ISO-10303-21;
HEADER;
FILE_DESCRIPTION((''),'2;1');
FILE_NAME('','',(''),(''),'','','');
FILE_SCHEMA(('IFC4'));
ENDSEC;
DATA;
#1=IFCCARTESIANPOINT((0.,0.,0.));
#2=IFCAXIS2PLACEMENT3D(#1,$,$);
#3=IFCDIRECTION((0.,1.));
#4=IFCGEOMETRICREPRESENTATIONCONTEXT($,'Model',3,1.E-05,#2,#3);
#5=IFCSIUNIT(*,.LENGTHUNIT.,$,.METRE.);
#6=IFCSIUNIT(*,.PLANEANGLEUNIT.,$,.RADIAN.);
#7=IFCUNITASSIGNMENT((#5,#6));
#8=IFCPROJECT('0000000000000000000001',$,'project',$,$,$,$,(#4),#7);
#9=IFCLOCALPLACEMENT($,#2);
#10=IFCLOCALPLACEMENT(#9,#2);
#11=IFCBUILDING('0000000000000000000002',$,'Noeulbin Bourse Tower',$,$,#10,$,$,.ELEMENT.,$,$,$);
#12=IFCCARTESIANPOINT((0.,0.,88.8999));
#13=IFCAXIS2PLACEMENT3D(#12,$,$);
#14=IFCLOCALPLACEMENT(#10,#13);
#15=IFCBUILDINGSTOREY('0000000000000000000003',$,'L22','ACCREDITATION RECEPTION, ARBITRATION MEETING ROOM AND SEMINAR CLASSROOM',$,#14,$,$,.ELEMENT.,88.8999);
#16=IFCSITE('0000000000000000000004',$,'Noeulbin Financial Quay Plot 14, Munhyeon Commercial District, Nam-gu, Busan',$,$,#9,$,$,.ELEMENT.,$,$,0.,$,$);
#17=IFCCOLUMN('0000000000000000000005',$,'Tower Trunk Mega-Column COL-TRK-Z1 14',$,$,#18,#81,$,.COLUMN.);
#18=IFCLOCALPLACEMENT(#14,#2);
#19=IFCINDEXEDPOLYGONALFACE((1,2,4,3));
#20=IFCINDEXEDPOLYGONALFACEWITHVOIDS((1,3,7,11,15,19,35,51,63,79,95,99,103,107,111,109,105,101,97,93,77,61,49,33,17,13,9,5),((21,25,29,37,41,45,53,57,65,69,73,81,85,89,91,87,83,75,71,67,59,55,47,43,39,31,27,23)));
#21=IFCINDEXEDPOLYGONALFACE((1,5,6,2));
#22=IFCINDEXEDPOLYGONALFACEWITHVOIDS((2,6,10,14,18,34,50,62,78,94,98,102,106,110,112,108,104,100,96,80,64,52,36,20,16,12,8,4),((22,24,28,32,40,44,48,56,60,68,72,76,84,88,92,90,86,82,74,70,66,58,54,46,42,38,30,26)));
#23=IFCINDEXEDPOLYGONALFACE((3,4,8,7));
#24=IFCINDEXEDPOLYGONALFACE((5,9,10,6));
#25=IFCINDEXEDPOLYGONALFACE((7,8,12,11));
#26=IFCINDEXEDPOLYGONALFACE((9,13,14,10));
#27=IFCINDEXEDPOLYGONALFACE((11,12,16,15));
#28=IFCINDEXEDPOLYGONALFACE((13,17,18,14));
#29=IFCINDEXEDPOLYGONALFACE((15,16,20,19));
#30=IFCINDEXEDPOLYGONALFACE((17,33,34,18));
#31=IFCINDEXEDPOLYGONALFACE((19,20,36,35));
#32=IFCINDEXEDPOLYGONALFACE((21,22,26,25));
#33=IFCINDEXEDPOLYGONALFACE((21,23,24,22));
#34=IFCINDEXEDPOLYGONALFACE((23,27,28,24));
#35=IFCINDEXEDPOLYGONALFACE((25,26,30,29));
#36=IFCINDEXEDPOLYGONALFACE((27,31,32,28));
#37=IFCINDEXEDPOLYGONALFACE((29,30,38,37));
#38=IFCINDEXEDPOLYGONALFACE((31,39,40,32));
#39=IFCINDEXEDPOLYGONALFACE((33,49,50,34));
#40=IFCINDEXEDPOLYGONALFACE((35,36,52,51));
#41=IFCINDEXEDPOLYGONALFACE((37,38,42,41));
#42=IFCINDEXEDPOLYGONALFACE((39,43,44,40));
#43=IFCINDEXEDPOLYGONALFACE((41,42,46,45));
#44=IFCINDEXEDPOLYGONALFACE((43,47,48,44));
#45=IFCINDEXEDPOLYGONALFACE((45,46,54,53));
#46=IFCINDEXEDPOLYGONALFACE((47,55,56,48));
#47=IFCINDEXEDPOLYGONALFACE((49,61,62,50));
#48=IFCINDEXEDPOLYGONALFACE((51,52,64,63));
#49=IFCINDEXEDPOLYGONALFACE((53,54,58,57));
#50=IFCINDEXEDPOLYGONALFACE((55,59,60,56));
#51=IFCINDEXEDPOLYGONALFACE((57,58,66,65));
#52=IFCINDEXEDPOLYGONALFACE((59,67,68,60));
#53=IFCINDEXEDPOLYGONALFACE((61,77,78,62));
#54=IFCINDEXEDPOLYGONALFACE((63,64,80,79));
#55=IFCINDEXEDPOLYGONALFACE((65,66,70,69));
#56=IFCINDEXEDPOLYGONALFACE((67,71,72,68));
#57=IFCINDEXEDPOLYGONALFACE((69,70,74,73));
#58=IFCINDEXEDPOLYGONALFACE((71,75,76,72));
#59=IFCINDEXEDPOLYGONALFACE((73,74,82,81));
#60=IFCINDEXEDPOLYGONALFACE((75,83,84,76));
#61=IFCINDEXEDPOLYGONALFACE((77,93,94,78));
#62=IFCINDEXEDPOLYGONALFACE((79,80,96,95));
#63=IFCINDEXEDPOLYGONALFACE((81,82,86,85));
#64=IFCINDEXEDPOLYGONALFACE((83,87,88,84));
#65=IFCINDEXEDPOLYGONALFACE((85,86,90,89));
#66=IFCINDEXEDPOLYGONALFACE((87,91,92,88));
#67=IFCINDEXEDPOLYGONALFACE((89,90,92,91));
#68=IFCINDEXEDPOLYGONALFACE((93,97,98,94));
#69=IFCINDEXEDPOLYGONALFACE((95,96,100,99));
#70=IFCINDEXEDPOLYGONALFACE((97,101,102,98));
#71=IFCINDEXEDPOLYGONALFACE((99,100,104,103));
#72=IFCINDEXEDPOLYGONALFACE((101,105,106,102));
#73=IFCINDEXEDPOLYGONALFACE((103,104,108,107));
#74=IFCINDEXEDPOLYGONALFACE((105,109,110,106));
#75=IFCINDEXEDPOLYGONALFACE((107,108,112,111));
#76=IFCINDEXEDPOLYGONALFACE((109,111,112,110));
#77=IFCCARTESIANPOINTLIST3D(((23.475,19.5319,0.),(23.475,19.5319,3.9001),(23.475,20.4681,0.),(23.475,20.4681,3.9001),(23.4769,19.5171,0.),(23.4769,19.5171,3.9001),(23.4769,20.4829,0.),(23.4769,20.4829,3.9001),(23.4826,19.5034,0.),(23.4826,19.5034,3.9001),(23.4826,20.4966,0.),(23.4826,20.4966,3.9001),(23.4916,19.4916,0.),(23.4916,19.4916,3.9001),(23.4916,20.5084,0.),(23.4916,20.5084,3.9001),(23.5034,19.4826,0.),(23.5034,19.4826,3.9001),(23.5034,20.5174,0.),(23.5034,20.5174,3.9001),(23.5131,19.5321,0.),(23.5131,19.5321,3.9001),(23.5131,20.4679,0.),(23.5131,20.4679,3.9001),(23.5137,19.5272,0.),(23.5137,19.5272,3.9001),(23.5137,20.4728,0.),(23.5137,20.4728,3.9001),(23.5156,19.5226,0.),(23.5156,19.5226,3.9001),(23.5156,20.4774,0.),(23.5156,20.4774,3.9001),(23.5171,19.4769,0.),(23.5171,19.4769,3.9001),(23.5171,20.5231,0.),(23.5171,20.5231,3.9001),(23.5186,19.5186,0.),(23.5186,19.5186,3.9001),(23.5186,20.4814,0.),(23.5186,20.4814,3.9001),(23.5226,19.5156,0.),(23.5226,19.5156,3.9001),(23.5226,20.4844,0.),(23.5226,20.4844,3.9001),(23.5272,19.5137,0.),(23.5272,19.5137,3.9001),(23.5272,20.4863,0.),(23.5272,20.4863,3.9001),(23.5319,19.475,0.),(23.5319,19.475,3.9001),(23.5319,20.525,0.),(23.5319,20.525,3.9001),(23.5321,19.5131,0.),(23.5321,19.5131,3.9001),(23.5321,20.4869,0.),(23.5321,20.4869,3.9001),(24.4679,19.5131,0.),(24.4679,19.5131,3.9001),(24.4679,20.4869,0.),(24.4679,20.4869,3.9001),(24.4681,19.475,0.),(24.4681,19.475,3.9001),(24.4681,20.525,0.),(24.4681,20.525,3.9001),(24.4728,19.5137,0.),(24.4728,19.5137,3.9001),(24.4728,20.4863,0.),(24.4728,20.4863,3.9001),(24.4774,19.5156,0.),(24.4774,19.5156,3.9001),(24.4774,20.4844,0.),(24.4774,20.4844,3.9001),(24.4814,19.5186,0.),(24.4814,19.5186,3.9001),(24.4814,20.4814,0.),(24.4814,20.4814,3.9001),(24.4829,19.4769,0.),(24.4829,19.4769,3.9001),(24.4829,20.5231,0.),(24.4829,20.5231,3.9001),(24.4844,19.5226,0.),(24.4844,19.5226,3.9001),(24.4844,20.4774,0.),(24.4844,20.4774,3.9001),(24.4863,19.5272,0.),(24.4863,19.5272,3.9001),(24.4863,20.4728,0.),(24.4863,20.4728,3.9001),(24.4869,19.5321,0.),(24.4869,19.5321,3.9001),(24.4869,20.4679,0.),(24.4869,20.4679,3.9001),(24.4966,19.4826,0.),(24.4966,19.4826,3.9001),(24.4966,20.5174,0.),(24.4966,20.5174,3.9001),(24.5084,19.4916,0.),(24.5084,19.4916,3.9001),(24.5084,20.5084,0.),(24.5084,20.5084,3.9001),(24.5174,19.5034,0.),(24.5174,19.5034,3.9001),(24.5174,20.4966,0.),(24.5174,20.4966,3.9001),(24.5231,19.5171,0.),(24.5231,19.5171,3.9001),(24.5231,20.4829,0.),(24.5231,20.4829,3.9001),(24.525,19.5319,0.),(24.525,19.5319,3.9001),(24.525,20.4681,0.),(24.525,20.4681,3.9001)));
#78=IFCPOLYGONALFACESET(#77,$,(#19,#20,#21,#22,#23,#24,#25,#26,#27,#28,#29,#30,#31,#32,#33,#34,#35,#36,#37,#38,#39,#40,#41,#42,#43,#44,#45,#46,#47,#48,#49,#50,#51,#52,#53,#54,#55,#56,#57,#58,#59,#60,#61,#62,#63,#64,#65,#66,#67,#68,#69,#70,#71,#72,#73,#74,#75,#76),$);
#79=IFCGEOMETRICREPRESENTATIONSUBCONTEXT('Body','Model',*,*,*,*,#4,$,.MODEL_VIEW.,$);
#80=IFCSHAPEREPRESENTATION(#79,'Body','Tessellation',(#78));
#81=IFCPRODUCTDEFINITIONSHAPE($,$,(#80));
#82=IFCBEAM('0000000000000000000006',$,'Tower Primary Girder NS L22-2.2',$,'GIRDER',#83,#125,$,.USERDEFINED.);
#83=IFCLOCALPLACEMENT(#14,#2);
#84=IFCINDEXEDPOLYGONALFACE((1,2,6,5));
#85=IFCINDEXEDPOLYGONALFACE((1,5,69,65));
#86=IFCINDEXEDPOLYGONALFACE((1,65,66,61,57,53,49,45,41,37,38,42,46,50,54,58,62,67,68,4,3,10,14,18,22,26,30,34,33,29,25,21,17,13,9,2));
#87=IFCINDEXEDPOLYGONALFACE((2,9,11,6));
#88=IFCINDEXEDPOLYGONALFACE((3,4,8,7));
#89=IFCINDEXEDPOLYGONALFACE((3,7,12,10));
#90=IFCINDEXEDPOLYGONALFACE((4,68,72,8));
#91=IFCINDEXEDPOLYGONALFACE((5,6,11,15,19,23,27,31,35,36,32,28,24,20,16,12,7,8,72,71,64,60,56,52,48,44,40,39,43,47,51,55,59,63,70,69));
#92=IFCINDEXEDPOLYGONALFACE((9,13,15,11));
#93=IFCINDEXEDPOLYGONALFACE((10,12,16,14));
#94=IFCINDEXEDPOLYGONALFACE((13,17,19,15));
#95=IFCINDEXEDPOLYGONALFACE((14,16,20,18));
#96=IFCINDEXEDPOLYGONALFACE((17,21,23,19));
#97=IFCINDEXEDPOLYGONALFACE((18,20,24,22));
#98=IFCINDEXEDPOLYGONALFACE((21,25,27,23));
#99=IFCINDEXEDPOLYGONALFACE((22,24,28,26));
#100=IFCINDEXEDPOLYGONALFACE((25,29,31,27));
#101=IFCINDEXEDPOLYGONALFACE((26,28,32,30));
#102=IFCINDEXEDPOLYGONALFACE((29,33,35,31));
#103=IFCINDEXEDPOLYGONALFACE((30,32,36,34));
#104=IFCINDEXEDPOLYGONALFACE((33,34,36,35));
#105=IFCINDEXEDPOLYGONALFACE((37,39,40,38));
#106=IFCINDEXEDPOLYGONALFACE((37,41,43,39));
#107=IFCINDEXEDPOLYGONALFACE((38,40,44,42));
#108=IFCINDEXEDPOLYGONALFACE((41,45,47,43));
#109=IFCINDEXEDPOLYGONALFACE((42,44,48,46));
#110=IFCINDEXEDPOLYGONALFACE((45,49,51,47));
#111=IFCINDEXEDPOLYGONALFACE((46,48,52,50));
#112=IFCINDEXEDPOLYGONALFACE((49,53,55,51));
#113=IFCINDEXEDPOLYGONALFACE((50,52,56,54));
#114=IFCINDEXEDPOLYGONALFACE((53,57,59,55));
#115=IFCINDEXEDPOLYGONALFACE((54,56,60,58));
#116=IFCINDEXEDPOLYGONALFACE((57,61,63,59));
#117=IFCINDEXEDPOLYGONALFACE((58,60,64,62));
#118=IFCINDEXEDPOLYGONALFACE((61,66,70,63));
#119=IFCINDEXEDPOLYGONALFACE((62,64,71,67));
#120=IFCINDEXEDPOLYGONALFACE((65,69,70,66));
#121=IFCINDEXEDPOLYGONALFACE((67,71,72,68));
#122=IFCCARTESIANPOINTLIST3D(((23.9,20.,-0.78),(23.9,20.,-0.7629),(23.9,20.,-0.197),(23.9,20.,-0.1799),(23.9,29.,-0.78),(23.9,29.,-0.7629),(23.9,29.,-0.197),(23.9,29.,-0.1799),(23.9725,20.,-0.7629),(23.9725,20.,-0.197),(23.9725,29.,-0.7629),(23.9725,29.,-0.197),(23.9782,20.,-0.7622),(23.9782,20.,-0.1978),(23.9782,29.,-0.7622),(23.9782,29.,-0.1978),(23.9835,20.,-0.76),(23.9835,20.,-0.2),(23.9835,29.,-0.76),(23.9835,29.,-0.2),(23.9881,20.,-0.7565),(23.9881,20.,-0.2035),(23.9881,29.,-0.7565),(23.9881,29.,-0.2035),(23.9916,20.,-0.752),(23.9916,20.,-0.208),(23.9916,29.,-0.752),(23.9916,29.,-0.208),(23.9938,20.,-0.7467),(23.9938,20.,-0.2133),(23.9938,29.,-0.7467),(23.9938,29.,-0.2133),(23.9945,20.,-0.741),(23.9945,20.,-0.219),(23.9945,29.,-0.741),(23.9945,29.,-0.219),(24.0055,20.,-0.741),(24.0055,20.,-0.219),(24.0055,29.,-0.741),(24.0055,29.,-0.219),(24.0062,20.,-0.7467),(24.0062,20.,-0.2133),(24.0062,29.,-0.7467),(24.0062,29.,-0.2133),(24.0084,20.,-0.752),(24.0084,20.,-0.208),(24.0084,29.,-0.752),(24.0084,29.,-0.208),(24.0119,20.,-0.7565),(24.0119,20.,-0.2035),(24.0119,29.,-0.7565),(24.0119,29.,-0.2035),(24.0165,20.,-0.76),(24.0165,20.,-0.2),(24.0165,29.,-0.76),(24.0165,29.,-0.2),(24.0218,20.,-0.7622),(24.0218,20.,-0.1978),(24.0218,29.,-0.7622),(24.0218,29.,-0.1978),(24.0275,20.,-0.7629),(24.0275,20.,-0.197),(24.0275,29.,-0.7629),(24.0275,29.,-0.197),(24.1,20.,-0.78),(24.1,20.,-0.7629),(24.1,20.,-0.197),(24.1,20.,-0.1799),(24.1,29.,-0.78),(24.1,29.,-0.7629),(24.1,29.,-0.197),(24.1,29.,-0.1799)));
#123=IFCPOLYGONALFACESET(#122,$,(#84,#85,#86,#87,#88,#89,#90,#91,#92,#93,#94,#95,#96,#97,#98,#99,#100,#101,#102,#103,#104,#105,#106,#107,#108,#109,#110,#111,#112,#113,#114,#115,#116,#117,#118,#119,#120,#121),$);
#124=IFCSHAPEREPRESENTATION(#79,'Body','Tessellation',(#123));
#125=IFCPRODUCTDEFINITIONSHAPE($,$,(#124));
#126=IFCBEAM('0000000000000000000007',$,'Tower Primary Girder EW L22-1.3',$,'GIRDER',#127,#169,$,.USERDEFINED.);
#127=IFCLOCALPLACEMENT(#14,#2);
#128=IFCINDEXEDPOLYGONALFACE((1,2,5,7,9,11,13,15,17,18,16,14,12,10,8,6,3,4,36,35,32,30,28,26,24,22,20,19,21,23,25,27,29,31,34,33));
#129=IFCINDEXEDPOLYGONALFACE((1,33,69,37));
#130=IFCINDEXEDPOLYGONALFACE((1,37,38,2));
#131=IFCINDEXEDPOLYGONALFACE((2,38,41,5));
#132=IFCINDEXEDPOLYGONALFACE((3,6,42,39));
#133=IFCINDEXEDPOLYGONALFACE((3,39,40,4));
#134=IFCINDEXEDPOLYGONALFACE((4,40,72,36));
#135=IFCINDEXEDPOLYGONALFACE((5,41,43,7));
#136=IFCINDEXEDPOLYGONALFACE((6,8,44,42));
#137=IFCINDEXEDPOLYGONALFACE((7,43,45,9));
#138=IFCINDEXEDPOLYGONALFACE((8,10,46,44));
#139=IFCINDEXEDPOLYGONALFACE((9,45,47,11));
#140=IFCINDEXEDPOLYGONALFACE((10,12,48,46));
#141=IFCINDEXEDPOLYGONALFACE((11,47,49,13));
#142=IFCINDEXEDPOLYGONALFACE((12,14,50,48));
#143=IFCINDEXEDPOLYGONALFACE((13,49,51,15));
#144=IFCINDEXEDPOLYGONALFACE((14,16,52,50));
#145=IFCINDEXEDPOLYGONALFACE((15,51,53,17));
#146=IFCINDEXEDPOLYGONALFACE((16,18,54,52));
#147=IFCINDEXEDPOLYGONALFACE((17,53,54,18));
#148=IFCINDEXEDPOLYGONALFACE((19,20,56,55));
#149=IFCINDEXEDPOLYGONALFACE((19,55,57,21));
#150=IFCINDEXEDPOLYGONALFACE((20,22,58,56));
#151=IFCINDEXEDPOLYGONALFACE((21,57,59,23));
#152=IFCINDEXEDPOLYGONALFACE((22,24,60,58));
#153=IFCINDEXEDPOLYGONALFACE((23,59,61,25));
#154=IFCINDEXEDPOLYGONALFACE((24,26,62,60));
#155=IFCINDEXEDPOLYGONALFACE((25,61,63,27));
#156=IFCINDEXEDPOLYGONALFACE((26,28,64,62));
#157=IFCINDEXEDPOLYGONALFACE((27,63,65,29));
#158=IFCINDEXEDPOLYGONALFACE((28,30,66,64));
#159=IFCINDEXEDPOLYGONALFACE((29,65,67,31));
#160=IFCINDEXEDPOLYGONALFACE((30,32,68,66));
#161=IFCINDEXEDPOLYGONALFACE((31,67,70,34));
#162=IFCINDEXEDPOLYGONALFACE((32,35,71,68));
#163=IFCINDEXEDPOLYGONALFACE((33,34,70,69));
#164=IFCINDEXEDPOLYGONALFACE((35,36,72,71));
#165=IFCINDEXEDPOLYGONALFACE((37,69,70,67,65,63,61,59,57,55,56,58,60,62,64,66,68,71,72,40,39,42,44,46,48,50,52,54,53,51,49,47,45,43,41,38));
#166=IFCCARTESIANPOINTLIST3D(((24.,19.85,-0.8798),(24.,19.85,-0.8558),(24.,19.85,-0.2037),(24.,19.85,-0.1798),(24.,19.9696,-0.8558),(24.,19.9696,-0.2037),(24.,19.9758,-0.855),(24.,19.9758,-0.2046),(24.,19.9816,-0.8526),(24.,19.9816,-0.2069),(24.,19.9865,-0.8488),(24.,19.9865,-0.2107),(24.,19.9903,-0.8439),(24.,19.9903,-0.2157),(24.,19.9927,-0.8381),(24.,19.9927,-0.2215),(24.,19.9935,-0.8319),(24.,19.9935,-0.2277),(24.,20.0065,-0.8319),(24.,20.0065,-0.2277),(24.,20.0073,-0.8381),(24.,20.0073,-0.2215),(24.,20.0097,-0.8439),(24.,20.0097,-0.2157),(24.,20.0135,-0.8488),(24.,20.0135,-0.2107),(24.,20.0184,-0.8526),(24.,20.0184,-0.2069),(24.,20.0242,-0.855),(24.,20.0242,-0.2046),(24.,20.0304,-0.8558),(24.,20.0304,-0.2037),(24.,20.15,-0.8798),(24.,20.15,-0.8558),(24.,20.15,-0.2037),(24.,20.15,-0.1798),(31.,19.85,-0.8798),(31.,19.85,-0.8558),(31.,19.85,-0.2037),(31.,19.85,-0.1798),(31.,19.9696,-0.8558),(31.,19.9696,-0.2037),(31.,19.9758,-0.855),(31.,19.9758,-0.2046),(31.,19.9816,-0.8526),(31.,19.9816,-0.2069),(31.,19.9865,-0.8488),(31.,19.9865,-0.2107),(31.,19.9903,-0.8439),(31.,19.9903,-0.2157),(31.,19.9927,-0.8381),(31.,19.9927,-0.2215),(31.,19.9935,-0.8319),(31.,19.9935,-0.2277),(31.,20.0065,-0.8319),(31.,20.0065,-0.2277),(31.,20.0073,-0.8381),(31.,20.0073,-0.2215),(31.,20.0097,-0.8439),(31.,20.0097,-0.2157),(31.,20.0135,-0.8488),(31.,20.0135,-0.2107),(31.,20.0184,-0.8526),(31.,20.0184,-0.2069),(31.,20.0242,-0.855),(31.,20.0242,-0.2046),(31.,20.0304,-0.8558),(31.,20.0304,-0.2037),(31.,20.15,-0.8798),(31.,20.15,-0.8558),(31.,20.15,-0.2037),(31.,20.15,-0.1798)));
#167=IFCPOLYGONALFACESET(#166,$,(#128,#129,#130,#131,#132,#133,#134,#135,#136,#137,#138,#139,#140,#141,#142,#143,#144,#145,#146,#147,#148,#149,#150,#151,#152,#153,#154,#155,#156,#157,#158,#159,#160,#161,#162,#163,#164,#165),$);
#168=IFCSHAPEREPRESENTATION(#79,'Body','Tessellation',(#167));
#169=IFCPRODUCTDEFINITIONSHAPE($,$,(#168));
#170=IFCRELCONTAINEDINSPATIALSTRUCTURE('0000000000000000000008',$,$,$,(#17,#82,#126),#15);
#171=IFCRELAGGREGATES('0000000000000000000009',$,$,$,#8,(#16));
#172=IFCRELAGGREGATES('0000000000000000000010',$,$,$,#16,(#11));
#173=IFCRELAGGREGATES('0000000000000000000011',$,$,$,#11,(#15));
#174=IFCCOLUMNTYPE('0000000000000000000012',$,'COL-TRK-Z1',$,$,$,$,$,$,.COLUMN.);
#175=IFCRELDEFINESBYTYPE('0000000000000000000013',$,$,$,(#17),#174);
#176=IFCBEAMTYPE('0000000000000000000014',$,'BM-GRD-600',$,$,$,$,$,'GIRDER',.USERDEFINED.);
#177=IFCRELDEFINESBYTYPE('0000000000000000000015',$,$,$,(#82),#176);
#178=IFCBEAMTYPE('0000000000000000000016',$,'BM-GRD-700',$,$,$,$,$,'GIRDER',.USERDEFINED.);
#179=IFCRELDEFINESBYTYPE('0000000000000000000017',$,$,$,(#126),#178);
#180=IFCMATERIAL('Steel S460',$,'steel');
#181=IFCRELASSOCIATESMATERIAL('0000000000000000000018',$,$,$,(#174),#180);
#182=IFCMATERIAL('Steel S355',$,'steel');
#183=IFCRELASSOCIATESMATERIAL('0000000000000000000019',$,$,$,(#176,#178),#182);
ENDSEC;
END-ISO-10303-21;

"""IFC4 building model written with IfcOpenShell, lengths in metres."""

from ifc_helpers import new_model, si_unit, direction, frame, origin, origin_2d, place, context, subcontext, project, spatial, hollow_rectangle, i_section, extrude, material, material_profile, profile_set, type_object, element, save


model = new_model("IFC4")

# Units and contexts
model_context = context("Model", 3, precision=1e-05, world=origin(), true_north=direction((0.0, 1.0)))
body_context = subcontext(model_context, "Body", "Model", "MODEL_VIEW")
ifc_project = project(units=[si_unit("LENGTHUNIT", "METRE"), si_unit("PLANEANGLEUNIT", "RADIAN")], contexts=[model_context])

# Site, building, storey
site_placement = place(None, origin())
site = spatial("IfcSite", under=ifc_project, at=site_placement, Name="Noeulbin Financial Quay Plot 14, Munhyeon Commercial District, Nam-gu, Busan", CompositionType="ELEMENT", RefElevation=0.0)
building_placement = place(site_placement, origin())
building = spatial("IfcBuilding", under=site, at=building_placement, Name="Noeulbin Bourse Tower", CompositionType="ELEMENT")
storey_placement = place(building_placement, frame((0.0, 0.0, 88.8999)))
storey = spatial("IfcBuildingStorey", under=building, at=storey_placement, Name="L22", Description="ACCREDITATION RECEPTION, ARBITRATION MEETING ROOM AND SEMINAR CLASSROOM", CompositionType="ELEMENT", Elevation=88.8999)

# Column
ifc_material_1 = material(Name="Steel S460", Category="steel")
ifc_material_profile_1 = material_profile(ifc_material_1, hollow_rectangle(XDim=1.05, YDim=1.05, WallThickness=0.0381, InnerFilletRadius=0.019, OuterFilletRadius=0.0569, at=origin_2d()), Name="BOX-1050x1050x38", Category="LoadBearing")
ifc_profile_set_1 = profile_set([ifc_material_profile_1], Name="Steel S460")
column_type = type_object("IfcColumnType", Name="COL-TRK-Z1", PredefinedType="COLUMN", material=ifc_profile_set_1)
column_placement = place(storey_placement, frame((24.0, 20.0, 0.0), z_axis=(0.0, 0.0, 1.0), x_axis=(1.0, 0.0, 0.0)))
element("IfcColumn", 1, at=column_placement, inside=storey, type_object=column_type, Name="Tower Trunk Mega-Column COL-TRK-Z1 14", PredefinedType="COLUMN", context=body_context, shape_type="SweptSolid", body=[
    extrude(hollow_rectangle(XDim=1.05, YDim=1.05, WallThickness=0.0381, InnerFilletRadius=0.019, OuterFilletRadius=0.0569, at=origin_2d()), origin(), (0.0, 0.0, 1.0), 3.9001),
])

# Beams
ifc_material_2 = material(Name="Steel S355", Category="steel")
ifc_material_profile_2 = material_profile(ifc_material_2, i_section(OverallWidth=0.2, OverallDepth=0.6001, WebThickness=0.011, FlangeThickness=0.0171, FilletRadius=0.022, at=origin_2d()), Name="H-600x200x11x17", Category="LoadBearing")
ifc_profile_set_2 = profile_set([ifc_material_profile_2], Name="Steel S355")
beam_type_1 = type_object("IfcBeamType", Name="BM-GRD-600", ElementType="GIRDER", PredefinedType="USERDEFINED", material=ifc_profile_set_2)
beam_1_placement = place(storey_placement, frame((24.0, 20.0, -0.48), z_axis=(0.0, 1.0, 0.0), x_axis=(-1.0, 0.0, 0.0)))
element("IfcBeam", 2, at=beam_1_placement, inside=storey, type_object=beam_type_1, Name="Tower Primary Girder NS L22-2.2", ObjectType="GIRDER", PredefinedType="USERDEFINED", context=body_context, shape_type="SweptSolid", body=[
    extrude(i_section(OverallWidth=0.2, OverallDepth=0.6001, WebThickness=0.011, FlangeThickness=0.0171, FilletRadius=0.022, at=origin_2d()), origin(), (0.0, 0.0, 1.0), 9.0),
])
ifc_material_profile_3 = material_profile(ifc_material_2, i_section(OverallWidth=0.3, OverallDepth=0.7, WebThickness=0.0129, FlangeThickness=0.0239, FilletRadius=0.0239, at=origin_2d()), Name="H-700x300x13x24", Category="LoadBearing")
ifc_profile_set_3 = profile_set([ifc_material_profile_3], Name="Steel S355")
beam_type_2 = type_object("IfcBeamType", Name="BM-GRD-700", ElementType="GIRDER", PredefinedType="USERDEFINED", material=ifc_profile_set_3)
beam_2_placement = place(storey_placement, frame((24.0, 20.0, -0.5298), z_axis=(1.0, 0.0, 0.0), x_axis=(0.0, 1.0, 0.0)))
element("IfcBeam", 3, at=beam_2_placement, inside=storey, type_object=beam_type_2, Name="Tower Primary Girder EW L22-1.3", ObjectType="GIRDER", PredefinedType="USERDEFINED", context=body_context, shape_type="SweptSolid", body=[
    extrude(i_section(OverallWidth=0.3, OverallDepth=0.7, WebThickness=0.0129, FlangeThickness=0.0239, FilletRadius=0.0239, at=origin_2d()), origin(), (0.0, 0.0, 1.0), 7.0),
])

save(model, "model.ifc")
